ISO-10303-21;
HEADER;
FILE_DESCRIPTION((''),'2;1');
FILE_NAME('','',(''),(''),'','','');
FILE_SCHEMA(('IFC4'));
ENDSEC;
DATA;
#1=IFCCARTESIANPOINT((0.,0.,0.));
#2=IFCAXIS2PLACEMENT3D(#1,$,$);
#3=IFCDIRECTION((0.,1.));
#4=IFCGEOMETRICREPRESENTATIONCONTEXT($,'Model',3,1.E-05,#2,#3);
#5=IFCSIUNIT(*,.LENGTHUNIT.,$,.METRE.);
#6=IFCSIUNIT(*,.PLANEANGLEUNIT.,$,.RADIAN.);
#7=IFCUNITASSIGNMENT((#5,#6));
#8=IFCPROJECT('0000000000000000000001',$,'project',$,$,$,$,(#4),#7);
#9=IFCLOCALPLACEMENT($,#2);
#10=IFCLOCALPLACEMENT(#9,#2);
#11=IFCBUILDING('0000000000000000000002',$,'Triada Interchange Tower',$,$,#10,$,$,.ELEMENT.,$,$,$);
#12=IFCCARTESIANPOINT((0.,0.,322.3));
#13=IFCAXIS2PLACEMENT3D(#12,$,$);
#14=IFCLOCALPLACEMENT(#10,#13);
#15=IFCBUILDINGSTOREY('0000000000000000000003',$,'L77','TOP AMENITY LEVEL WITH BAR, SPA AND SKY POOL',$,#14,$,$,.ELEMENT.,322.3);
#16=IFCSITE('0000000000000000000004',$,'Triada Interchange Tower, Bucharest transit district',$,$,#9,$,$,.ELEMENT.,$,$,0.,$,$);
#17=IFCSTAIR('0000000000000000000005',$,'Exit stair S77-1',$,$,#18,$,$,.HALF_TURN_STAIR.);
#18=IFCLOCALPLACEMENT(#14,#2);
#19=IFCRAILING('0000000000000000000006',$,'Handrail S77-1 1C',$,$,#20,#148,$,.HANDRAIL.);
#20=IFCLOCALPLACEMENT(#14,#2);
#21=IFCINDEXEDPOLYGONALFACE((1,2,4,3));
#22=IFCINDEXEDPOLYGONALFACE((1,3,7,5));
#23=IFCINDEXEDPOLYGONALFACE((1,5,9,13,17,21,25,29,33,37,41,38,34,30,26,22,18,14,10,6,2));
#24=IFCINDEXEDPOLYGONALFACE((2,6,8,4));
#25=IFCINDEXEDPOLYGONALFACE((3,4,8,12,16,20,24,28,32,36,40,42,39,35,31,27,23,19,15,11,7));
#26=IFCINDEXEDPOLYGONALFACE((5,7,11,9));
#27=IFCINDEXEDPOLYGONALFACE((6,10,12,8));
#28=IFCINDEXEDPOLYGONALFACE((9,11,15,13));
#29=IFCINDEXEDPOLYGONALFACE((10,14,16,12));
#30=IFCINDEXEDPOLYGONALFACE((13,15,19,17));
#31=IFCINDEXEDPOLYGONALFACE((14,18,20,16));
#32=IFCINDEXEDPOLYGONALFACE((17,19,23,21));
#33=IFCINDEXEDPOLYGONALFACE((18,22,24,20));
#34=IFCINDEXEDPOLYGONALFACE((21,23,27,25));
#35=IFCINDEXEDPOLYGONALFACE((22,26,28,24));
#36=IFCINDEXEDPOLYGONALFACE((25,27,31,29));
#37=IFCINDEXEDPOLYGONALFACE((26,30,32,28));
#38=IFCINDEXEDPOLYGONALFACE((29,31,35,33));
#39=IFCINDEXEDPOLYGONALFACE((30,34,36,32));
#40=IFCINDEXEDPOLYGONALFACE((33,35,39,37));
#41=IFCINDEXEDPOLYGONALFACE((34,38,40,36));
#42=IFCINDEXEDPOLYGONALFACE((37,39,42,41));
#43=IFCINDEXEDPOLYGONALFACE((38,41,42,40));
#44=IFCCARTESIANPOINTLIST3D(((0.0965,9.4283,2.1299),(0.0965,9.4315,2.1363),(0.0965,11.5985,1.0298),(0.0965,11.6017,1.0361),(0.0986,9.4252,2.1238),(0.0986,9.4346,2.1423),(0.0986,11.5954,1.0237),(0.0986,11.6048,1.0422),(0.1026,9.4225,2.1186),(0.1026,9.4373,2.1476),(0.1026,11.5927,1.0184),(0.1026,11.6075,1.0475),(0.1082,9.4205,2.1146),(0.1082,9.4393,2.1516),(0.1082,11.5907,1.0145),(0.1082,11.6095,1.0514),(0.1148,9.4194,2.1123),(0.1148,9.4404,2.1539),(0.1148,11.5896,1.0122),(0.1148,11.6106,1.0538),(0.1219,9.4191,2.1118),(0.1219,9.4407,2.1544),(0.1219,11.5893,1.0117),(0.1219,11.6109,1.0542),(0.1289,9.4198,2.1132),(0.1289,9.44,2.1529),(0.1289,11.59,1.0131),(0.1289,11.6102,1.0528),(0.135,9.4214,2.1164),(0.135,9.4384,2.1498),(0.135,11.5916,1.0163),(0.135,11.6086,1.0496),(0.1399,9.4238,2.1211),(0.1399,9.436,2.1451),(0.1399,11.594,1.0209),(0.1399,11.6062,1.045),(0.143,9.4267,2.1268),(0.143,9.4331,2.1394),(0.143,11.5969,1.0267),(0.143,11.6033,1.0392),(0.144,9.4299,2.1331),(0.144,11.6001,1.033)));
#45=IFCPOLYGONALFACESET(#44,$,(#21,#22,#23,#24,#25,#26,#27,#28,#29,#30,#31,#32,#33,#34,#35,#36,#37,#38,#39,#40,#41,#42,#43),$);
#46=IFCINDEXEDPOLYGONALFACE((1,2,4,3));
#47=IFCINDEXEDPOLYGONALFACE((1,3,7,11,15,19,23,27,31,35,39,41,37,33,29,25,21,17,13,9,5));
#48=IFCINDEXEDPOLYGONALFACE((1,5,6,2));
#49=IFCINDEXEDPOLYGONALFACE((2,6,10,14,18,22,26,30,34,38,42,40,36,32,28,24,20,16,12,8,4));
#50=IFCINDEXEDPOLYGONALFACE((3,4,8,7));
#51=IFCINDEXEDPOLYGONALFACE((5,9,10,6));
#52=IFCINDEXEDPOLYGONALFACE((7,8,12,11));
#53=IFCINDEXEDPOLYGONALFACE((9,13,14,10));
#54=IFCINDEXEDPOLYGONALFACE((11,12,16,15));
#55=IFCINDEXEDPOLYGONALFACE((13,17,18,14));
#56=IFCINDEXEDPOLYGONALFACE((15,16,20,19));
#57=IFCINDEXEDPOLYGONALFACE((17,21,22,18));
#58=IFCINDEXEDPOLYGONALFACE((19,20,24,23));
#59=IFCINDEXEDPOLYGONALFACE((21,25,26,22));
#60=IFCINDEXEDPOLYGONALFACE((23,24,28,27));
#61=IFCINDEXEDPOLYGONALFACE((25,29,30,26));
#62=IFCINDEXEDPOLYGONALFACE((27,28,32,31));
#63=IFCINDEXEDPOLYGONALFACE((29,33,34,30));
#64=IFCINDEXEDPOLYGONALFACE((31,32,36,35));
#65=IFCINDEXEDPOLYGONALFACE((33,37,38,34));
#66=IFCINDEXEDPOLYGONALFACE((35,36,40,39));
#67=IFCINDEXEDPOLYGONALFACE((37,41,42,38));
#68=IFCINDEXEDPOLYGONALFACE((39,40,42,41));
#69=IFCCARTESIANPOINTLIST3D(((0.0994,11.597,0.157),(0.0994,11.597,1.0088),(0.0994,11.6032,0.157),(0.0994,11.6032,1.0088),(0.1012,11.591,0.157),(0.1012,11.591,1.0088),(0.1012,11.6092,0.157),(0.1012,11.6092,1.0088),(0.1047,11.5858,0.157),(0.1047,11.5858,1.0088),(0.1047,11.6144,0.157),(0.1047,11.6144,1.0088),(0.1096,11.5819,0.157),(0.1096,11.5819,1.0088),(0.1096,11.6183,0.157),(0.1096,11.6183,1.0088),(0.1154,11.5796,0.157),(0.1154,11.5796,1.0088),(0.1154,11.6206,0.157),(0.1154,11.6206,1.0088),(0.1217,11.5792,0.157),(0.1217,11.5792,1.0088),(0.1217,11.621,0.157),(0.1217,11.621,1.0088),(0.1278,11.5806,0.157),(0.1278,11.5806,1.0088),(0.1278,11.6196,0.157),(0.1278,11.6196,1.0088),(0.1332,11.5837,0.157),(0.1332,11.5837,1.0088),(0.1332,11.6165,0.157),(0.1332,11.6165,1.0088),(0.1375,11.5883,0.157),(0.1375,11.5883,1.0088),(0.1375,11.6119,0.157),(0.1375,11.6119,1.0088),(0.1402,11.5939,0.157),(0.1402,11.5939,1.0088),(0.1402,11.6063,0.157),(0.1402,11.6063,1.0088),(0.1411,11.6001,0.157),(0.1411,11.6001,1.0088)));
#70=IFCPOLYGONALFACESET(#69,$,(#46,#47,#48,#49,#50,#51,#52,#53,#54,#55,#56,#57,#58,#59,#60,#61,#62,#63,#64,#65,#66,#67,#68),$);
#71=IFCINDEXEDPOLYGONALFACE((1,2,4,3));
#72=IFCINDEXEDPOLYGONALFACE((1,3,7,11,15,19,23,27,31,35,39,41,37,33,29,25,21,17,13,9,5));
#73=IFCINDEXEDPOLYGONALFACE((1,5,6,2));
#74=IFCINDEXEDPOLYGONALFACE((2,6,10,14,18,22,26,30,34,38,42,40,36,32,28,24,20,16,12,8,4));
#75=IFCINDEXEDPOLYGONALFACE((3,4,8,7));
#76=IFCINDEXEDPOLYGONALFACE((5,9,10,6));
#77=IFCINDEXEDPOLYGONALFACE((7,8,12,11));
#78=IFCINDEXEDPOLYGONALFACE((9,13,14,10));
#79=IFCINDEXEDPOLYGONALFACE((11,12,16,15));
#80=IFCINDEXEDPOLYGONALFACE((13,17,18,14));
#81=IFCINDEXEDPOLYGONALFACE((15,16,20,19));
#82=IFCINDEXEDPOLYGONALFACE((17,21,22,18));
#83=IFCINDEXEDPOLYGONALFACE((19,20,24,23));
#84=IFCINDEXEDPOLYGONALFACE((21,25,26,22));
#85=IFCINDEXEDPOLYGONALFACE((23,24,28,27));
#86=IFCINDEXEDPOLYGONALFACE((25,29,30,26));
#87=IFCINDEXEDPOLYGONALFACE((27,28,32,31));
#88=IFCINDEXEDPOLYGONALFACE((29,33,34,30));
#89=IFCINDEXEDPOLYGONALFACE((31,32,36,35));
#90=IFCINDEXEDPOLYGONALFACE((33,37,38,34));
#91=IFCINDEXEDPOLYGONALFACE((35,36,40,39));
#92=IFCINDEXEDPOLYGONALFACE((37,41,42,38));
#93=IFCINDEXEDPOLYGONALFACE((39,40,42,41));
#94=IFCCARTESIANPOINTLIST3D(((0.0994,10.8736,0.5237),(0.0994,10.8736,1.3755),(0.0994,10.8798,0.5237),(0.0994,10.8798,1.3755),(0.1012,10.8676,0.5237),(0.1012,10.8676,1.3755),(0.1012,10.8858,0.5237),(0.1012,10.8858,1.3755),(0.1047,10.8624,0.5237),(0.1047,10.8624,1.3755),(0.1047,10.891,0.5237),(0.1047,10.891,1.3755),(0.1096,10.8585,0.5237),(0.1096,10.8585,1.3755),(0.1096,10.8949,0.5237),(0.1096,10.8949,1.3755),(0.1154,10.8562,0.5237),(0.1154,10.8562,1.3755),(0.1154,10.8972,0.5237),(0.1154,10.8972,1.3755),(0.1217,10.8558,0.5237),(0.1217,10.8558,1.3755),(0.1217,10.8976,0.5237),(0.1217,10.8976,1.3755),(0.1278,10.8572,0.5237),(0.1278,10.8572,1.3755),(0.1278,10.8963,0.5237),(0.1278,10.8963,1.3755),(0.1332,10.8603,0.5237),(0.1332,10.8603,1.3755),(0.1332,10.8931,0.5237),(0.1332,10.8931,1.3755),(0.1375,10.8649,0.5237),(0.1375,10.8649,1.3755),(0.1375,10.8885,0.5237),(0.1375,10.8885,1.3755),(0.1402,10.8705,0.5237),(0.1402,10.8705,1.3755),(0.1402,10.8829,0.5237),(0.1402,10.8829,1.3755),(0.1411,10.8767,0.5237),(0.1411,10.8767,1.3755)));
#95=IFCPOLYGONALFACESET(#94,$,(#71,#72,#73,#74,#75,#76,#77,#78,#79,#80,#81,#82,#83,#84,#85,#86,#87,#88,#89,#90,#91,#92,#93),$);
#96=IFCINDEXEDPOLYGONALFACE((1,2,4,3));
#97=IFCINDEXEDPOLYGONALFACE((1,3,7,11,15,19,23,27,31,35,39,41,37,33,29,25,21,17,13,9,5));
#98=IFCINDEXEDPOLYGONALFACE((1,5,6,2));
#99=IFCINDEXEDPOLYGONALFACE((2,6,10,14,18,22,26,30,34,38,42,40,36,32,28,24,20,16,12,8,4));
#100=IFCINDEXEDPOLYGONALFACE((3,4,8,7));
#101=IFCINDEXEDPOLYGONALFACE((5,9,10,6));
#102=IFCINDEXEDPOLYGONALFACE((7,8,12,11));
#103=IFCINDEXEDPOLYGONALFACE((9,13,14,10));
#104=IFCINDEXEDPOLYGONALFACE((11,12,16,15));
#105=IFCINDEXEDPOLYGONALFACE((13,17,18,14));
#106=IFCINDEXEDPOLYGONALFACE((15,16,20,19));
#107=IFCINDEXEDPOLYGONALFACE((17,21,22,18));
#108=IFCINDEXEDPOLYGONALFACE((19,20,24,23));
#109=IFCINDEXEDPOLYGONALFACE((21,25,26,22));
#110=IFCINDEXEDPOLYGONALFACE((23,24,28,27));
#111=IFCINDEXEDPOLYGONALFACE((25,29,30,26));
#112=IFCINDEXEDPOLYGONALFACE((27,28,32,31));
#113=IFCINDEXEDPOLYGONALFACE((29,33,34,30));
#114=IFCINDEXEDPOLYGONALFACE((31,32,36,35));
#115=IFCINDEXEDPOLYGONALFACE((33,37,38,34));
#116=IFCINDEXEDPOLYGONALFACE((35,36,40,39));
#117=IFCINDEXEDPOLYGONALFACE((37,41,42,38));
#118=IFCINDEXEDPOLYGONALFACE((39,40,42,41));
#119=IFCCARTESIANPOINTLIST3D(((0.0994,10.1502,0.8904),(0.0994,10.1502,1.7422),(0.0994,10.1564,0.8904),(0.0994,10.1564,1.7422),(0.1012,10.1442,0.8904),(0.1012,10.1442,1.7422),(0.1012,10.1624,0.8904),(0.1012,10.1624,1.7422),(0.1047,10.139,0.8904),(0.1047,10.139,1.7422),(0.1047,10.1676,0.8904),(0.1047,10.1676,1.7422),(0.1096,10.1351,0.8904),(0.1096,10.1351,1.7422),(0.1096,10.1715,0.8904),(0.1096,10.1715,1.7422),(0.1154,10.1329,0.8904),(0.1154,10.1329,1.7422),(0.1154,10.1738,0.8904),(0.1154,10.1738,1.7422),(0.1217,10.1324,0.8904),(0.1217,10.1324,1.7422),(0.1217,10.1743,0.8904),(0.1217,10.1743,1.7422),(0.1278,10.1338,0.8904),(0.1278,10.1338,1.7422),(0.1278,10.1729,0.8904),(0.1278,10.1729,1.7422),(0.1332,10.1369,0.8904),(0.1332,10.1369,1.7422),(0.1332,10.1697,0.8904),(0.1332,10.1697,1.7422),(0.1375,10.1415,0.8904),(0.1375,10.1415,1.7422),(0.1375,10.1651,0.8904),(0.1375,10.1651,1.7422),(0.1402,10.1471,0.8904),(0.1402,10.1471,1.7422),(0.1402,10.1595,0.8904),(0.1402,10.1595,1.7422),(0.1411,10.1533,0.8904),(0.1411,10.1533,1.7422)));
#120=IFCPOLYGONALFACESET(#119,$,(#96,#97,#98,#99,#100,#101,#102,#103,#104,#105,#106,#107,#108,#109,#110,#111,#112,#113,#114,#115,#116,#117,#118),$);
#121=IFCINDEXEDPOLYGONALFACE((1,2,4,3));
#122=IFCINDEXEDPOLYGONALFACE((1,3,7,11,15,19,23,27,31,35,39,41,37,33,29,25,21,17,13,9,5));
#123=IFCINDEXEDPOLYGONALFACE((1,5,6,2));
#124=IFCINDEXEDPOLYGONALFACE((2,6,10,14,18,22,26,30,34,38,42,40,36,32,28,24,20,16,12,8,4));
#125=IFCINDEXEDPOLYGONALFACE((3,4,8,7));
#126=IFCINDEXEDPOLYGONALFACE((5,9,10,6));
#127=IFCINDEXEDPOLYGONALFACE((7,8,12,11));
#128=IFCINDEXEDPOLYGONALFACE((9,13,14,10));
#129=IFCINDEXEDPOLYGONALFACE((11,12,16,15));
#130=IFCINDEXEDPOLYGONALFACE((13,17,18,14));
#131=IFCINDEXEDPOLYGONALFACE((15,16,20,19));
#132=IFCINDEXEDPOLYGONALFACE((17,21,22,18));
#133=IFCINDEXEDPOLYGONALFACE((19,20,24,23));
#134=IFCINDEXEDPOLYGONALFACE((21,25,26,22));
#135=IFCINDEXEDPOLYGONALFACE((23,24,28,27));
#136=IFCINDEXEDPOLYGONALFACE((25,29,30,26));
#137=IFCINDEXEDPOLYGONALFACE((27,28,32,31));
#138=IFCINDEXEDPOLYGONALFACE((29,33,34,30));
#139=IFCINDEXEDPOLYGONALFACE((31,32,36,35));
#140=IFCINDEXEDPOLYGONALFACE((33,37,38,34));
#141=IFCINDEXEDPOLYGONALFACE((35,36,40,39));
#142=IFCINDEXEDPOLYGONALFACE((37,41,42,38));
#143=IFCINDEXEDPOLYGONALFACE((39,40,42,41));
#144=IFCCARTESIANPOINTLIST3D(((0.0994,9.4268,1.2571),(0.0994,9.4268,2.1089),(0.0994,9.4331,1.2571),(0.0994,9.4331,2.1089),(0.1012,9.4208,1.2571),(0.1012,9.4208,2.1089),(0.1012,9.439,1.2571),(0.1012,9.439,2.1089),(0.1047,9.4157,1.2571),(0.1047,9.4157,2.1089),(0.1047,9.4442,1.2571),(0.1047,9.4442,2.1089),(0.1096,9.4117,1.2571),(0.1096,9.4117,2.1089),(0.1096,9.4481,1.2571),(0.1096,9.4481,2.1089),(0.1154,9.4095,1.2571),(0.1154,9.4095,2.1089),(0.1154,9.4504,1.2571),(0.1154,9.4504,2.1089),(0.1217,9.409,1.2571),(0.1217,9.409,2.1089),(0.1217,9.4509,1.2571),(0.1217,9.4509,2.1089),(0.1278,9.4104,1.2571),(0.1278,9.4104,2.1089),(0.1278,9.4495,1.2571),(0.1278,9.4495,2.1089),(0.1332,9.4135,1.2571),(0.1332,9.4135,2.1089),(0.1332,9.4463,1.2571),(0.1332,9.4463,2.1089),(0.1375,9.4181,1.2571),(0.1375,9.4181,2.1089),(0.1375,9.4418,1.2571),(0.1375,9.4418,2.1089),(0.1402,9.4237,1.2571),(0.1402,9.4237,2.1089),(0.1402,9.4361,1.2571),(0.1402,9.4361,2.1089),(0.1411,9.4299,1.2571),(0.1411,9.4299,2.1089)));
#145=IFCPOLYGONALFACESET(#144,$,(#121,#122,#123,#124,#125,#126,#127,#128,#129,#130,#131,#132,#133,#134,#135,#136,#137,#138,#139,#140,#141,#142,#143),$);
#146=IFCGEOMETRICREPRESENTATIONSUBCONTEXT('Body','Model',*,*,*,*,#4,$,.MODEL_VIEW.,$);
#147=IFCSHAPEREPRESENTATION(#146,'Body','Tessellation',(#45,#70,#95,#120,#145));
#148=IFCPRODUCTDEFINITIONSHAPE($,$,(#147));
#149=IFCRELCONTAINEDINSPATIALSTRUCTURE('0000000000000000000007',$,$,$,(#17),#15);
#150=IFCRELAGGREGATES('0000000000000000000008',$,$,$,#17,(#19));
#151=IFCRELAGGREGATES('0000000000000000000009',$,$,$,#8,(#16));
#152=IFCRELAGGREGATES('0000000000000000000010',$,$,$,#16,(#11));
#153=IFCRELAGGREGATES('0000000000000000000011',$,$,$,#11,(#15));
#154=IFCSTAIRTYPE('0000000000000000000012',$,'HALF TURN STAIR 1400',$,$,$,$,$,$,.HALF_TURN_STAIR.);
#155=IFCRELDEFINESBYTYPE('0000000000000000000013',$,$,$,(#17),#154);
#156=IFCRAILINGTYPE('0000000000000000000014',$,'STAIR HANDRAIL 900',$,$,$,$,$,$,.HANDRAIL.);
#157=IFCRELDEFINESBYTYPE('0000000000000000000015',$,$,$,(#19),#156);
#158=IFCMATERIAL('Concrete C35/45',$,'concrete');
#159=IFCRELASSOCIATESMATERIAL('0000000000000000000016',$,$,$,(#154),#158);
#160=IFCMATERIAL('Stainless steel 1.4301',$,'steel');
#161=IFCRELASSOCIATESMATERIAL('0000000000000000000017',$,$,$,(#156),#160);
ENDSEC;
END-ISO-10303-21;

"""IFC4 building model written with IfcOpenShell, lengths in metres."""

from ifc_helpers import new_model, si_unit, direction, frame, origin, origin_2d, place, context, subcontext, project, spatial, circle, extrude, material, type_object, element, aggregate, save


model = new_model("IFC4")

# Units and contexts
model_context = context("Model", 3, precision=1e-05, world=origin(), true_north=direction((0.0, 1.0)))
body_context = subcontext(model_context, "Body", "Model", "MODEL_VIEW")
ifc_project = project(units=[si_unit("LENGTHUNIT", "METRE"), si_unit("PLANEANGLEUNIT", "RADIAN")], contexts=[model_context])

# Site, building, storey
site_placement = place(None, origin())
site = spatial("IfcSite", under=ifc_project, at=site_placement, Name="Triada Interchange Tower, Bucharest transit district", CompositionType="ELEMENT", RefElevation=0.0)
building_placement = place(site_placement, origin())
building = spatial("IfcBuilding", under=site, at=building_placement, Name="Triada Interchange Tower", CompositionType="ELEMENT")
storey_placement = place(building_placement, frame((0.0, 0.0, 322.3)))
storey = spatial("IfcBuildingStorey", under=building, at=storey_placement, Name="L77", Description="TOP AMENITY LEVEL WITH BAR, SPA AND SKY POOL", CompositionType="ELEMENT", Elevation=322.3)

# Shared definitions
ifc_material_1 = material(Name="Concrete C35/45", Category="concrete")

# Stair, railing
stair_type = type_object("IfcStairType", Name="HALF TURN STAIR 1400", PredefinedType="HALF_TURN_STAIR", material=ifc_material_1)
stair_placement = place(storey_placement, origin())
stair = element("IfcStair", 1, at=stair_placement, inside=storey, type_object=stair_type, Name="Exit stair S77-1", PredefinedType="HALF_TURN_STAIR")
ifc_material_2 = material(Name="Stainless steel 1.4301", Category="steel")
railing_type_1 = type_object("IfcRailingType", Name="STAIR HANDRAIL 900", PredefinedType="HANDRAIL", material=ifc_material_2)
railing_1_placement = place(storey_placement, frame((0.1201, 11.6001, 0.157)))
railing_1 = element("IfcRailing", 2, at=railing_1_placement, type_object=railing_type_1, Name="Handrail S77-1 1C", PredefinedType="HANDRAIL", context=body_context, shape_type="SweptSolid", body=[
    extrude(circle(Radius=0.0239, at=origin_2d()), frame((0.0, 0.0, 0.876), z_axis=(0.0, -0.891945, 0.452144), x_axis=(1.0, 0.0, 0.0)), (0.0, 0.0, 1.0), 2.4331),
    extrude(circle(Radius=0.021, at=origin_2d()), origin(), (0.0, 0.0, 1.0), 0.8518),
    extrude(circle(Radius=0.021, at=origin_2d()), frame((0.0, -0.7234, 0.3667)), (0.0, 0.0, 1.0), 0.8518),
    extrude(circle(Radius=0.021, at=origin_2d()), frame((0.0, -1.4468, 0.7334)), (0.0, 0.0, 1.0), 0.8518),
    extrude(circle(Radius=0.021, at=origin_2d()), frame((0.0, -2.1702, 1.1001)), (0.0, 0.0, 1.0), 0.8518),
])
aggregate(stair, [railing_1])

save(model, "model.ifc")
